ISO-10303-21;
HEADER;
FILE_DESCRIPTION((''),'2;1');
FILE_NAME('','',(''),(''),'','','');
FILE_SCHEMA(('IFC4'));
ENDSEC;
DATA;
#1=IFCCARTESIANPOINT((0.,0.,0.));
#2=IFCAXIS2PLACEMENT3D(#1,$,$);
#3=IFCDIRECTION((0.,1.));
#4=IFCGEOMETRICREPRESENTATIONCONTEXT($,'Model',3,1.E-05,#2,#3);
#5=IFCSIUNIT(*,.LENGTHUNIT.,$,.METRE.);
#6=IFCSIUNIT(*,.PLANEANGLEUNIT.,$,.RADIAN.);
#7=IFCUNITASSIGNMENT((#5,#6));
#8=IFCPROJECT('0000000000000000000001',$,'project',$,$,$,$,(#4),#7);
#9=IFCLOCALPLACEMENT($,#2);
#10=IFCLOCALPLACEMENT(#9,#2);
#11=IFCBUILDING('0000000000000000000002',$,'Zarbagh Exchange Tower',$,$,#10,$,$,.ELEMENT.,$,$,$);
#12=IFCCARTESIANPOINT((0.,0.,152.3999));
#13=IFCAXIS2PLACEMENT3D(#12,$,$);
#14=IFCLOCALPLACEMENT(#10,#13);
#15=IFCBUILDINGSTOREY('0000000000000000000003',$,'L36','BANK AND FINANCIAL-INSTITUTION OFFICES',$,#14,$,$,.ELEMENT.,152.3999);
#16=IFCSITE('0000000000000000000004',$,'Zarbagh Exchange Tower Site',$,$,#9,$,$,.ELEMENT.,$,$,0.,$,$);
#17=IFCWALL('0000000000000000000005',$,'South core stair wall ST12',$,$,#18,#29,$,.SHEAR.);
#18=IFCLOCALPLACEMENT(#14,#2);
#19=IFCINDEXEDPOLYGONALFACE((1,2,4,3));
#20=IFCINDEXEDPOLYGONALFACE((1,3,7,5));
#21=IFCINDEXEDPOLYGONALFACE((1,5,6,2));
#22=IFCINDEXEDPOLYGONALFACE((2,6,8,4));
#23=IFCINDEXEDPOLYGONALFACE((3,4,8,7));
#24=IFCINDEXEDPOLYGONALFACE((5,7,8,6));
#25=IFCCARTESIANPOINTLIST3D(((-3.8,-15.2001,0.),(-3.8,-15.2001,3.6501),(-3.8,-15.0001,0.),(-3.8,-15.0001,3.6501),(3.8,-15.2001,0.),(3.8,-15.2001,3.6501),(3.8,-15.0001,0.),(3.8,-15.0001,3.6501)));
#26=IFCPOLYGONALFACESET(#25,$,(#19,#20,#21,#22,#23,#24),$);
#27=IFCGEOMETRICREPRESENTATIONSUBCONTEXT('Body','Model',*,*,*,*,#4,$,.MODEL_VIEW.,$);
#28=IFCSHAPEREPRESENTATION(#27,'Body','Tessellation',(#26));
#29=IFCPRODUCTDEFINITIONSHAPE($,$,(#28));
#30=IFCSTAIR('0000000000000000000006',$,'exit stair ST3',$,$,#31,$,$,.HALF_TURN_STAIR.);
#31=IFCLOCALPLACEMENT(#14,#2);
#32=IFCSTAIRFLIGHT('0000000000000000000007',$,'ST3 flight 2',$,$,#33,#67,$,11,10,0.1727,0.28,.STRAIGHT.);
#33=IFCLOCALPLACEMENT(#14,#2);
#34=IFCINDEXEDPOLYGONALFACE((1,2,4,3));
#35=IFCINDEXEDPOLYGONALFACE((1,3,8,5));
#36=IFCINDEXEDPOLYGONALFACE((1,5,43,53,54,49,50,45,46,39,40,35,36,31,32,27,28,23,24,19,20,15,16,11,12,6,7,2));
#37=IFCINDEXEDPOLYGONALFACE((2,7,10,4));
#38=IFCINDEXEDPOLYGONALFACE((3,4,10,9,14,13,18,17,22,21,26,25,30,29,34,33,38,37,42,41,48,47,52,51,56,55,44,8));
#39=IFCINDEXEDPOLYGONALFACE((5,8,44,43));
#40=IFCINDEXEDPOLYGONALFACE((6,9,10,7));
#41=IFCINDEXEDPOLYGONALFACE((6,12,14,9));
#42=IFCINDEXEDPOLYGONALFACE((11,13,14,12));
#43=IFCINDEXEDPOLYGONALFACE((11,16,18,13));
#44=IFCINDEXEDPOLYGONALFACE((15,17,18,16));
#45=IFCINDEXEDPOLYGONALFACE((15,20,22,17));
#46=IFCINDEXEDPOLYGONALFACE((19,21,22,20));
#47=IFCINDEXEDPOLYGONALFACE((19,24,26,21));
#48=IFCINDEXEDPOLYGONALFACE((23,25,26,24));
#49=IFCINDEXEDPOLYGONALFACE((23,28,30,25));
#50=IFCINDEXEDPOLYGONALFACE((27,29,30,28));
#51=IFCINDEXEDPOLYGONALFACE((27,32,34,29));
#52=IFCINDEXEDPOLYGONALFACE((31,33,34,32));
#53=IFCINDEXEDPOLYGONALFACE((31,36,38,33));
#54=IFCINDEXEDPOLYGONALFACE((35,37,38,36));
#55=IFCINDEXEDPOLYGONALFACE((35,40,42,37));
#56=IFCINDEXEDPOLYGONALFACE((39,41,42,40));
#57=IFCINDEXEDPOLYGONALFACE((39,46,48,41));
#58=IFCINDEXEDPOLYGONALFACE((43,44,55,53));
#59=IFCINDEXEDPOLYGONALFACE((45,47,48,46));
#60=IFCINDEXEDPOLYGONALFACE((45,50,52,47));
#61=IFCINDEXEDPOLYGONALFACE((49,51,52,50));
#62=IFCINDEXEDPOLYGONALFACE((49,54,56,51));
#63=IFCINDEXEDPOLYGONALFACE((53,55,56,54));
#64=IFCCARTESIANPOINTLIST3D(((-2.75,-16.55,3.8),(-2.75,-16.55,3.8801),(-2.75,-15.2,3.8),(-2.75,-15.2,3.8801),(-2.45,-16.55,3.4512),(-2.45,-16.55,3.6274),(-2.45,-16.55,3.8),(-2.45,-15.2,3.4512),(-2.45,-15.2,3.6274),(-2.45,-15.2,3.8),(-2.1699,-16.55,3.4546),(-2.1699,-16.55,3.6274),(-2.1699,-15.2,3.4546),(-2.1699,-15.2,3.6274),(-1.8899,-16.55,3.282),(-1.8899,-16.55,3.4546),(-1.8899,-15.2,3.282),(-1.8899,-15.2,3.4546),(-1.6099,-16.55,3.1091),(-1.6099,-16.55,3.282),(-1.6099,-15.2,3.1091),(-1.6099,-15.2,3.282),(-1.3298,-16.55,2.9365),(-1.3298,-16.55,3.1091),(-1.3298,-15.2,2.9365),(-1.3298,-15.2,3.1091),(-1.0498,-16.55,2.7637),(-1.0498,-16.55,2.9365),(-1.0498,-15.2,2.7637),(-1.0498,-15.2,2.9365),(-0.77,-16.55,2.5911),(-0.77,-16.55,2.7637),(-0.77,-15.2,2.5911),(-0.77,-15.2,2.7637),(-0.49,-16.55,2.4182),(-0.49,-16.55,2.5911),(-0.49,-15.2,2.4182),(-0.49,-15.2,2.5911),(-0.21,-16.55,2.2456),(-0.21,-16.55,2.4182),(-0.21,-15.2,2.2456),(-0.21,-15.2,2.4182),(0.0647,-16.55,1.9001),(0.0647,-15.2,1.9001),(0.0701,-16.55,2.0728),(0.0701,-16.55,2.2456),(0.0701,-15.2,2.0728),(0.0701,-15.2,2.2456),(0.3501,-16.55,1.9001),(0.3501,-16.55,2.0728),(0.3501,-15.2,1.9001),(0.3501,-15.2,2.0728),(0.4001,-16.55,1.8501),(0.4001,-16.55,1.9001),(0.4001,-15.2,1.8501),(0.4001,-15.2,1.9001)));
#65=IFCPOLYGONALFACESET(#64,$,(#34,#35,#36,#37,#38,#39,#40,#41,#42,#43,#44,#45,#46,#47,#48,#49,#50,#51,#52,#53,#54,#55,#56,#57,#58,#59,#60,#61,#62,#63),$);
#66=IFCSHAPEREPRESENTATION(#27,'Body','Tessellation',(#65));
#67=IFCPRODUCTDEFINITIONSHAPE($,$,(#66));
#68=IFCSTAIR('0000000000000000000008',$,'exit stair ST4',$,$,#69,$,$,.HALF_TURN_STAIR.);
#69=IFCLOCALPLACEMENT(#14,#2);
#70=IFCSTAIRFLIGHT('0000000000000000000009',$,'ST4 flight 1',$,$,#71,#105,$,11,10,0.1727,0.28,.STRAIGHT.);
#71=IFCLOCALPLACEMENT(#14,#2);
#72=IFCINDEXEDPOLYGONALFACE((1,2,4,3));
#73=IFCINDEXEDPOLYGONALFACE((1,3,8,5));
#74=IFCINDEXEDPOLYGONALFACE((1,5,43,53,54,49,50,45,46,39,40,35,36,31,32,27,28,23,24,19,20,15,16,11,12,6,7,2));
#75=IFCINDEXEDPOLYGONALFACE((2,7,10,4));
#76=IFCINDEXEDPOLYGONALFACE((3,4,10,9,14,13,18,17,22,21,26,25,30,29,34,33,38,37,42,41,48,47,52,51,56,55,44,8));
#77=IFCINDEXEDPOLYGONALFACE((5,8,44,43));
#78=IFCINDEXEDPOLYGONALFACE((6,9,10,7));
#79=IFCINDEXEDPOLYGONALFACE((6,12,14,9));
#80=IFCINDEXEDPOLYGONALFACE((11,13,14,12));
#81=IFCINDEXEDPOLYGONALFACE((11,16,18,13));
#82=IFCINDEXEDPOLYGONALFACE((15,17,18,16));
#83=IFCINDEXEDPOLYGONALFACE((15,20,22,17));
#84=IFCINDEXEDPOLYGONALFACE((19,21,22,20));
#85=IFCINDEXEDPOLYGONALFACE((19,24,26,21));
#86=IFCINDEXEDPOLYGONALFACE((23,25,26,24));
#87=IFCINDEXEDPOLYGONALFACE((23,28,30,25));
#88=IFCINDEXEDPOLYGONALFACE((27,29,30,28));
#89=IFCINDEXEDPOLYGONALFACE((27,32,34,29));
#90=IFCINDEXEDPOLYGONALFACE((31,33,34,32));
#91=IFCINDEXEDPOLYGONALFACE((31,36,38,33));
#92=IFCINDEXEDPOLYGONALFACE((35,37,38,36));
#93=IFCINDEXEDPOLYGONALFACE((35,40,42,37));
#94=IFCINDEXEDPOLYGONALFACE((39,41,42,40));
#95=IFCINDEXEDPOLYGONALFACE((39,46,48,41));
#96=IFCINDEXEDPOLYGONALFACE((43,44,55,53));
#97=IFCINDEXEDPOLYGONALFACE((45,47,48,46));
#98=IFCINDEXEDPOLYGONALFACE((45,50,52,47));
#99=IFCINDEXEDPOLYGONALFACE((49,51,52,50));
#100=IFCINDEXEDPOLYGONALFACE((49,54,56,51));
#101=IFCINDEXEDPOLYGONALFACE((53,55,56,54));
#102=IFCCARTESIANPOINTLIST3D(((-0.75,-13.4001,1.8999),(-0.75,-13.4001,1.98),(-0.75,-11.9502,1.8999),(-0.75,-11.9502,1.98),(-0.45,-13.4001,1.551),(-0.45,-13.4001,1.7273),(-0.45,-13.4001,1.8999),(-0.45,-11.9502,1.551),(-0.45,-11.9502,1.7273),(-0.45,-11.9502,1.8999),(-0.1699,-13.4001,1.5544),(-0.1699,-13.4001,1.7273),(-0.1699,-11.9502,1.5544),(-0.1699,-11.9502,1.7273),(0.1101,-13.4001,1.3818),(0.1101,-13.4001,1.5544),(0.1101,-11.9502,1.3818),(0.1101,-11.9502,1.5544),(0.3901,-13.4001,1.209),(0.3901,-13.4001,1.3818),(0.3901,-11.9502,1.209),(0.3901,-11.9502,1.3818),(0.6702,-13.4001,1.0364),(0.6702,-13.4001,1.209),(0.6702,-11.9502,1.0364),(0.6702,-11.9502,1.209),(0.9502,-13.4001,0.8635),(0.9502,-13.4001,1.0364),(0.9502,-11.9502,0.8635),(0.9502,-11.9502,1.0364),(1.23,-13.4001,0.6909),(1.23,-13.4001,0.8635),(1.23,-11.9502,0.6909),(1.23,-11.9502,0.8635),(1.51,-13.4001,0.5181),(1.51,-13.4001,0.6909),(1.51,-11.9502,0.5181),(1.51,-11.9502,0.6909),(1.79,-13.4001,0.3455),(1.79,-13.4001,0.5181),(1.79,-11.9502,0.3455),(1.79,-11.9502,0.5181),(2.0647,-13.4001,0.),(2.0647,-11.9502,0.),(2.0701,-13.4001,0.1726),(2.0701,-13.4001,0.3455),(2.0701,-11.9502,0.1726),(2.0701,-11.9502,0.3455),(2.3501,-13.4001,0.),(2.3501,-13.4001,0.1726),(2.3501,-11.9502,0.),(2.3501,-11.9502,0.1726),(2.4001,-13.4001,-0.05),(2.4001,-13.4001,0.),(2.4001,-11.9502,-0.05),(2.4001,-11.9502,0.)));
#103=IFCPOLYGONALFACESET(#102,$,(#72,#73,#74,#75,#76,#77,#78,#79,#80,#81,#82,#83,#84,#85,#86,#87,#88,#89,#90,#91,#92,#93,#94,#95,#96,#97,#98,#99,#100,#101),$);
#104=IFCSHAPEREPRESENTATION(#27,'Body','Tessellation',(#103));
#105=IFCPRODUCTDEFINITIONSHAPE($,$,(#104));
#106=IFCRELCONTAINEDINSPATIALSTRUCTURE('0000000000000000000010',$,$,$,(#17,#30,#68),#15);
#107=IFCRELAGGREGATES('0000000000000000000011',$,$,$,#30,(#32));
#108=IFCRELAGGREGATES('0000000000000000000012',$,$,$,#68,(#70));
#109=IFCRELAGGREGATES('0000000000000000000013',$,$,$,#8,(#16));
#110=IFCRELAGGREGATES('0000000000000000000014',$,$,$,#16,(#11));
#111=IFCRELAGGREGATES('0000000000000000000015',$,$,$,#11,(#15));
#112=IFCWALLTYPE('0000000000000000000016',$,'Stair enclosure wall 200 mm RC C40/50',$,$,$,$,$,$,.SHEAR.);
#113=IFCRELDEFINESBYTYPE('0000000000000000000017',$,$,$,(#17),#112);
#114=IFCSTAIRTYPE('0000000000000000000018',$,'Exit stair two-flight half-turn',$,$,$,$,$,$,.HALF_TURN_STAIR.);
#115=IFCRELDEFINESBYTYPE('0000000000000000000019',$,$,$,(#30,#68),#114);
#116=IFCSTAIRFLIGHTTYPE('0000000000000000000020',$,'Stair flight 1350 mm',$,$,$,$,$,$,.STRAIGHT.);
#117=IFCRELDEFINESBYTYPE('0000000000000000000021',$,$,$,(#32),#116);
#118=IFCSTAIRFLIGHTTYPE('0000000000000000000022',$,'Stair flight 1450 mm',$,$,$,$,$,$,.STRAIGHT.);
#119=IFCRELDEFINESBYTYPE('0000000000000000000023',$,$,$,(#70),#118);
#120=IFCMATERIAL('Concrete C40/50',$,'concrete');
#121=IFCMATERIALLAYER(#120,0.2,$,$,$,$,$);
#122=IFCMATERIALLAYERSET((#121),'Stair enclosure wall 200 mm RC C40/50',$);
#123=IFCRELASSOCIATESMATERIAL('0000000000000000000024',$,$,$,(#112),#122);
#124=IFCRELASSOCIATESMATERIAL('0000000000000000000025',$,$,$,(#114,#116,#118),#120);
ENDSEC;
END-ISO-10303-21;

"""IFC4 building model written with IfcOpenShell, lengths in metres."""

from ifc_helpers import new_model, si_unit, direction, frame, frame_2d, origin, place, context, subcontext, project, spatial, polyline, rectangle, outline, extrude, material, layer, layer_set, type_object, element, aggregate, save


model = new_model("IFC4")

# Units and contexts
model_context = context("Model", 3, precision=1e-05, world=origin(), true_north=direction((0.0, 1.0)))
body_context = subcontext(model_context, "Body", "Model", "MODEL_VIEW")
ifc_project = project(units=[si_unit("LENGTHUNIT", "METRE"), si_unit("PLANEANGLEUNIT", "RADIAN")], contexts=[model_context])

# Site, building, storey
site_placement = place(None, origin())
site = spatial("IfcSite", under=ifc_project, at=site_placement, Name="Zarbagh Exchange Tower Site", CompositionType="ELEMENT", RefElevation=0.0)
building_placement = place(site_placement, origin())
building = spatial("IfcBuilding", under=site, at=building_placement, Name="Zarbagh Exchange Tower", CompositionType="ELEMENT")
storey_placement = place(building_placement, frame((0.0, 0.0, 152.3999)))
storey = spatial("IfcBuildingStorey", under=building, at=storey_placement, Name="L36", Description="BANK AND FINANCIAL-INSTITUTION OFFICES", CompositionType="ELEMENT", Elevation=152.3999)

# Wall
ifc_material_1 = material(Name="Concrete C40/50", Category="concrete")
ifc_layer_1 = layer(ifc_material_1, 0.2)
ifc_layer_set_1 = layer_set([ifc_layer_1], Name="Stair enclosure wall 200 mm RC C40/50")
wall_type_1 = type_object("IfcWallType", Name="Stair enclosure wall 200 mm RC C40/50", PredefinedType="SHEAR", material=ifc_layer_set_1)
for number, where, z_axis, x_axis, name in (
    (1, (3.8, -15.1001, 0.0), (0.0, 0.0, 1.0), (-1.0, 0.0, 0.0), "South core stair wall ST12"),
):
    element("IfcWall", number, at=place(storey_placement, frame(where, z_axis=z_axis, x_axis=x_axis)), inside=storey, type_object=wall_type_1, Name=name, PredefinedType="SHEAR", context=body_context, shape_type="SweptSolid", body=[
        extrude(rectangle(XDim=7.6001, YDim=0.2, at=frame_2d((3.8, 0.0))), origin(), (0.0, 0.0, 1.0), 3.6501),
    ])

# Stairs, stair flights
stair_type = type_object("IfcStairType", Name="Exit stair two-flight half-turn", PredefinedType="HALF_TURN_STAIR", material=ifc_material_1)
stair_1_placement = place(storey_placement, origin())
stair_1 = element("IfcStair", 2, at=stair_1_placement, inside=storey, type_object=stair_type, Name="exit stair ST3", PredefinedType="HALF_TURN_STAIR")
stair_flight_type_1 = type_object("IfcStairFlightType", Name="Stair flight 1350 mm", PredefinedType="STRAIGHT", material=ifc_material_1)
stair_flight_1_placement = place(storey_placement, frame((0.3501, -15.875, 1.9001), z_axis=(0.0, 0.0, 1.0), x_axis=(-1.0, 0.0, 0.0)))
stair_flight_1 = element("IfcStairFlight", 3, at=stair_flight_1_placement, type_object=stair_flight_type_1, Name="ST3 flight 2", NumberOfRisers=11, NumberOfTreads=10, PredefinedType="STRAIGHT", RiserHeight=0.1727, TreadLength=0.28, context=body_context, shape_type="SweptSolid", body=[
    extrude(outline(polyline([(-0.05, -0.05), (-0.05, 0.0), (0.0, 0.0), (0.0, 0.1726), (0.28, 0.1726), (0.28, 0.3455), (0.5601, 0.3455), (0.5601, 0.5181), (0.8401, 0.5181), (0.8401, 0.6909), (1.1201, 0.6909), (1.1201, 0.8635), (1.3999, 0.8635), (1.3999, 1.0364), (1.6799, 1.0364), (1.6799, 1.209), (1.96, 1.209), (1.96, 1.3818), (2.24, 1.3818), (2.24, 1.5544), (2.52, 1.5544), (2.52, 1.7273), (2.8, 1.7273), (2.8, 1.8999), (3.1001, 1.98), (3.1001, 1.8999), (2.8, 1.551), (0.2854, 0.0), (-0.05, -0.05)])), frame((0.0, 0.675, 0.0), z_axis=(0.0, -1.0, 0.0), x_axis=(1.0, 0.0, 0.0)), (0.0, 0.0, 1.0), 1.3501),
])
aggregate(stair_1, [stair_flight_1])
stair_2_placement = place(storey_placement, origin())
stair_2 = element("IfcStair", 4, at=stair_2_placement, inside=storey, type_object=stair_type, Name="exit stair ST4", PredefinedType="HALF_TURN_STAIR")
stair_flight_type_2 = type_object("IfcStairFlightType", Name="Stair flight 1450 mm", PredefinedType="STRAIGHT", material=ifc_material_1)
stair_flight_2_placement = place(storey_placement, frame((2.3501, -12.675, 0.0), z_axis=(0.0, 0.0, 1.0), x_axis=(-1.0, 0.0, 0.0)))
stair_flight_2 = element("IfcStairFlight", 5, at=stair_flight_2_placement, type_object=stair_flight_type_2, Name="ST4 flight 1", NumberOfRisers=11, NumberOfTreads=10, PredefinedType="STRAIGHT", RiserHeight=0.1727, TreadLength=0.28, context=body_context, shape_type="SweptSolid", body=[
    extrude(outline(polyline([(-0.05, -0.05), (-0.05, 0.0), (0.0, 0.0), (0.0, 0.1726), (0.28, 0.1726), (0.28, 0.3455), (0.5601, 0.3455), (0.5601, 0.5181), (0.8401, 0.5181), (0.8401, 0.6909), (1.1201, 0.6909), (1.1201, 0.8635), (1.3999, 0.8635), (1.3999, 1.0364), (1.6799, 1.0364), (1.6799, 1.209), (1.96, 1.209), (1.96, 1.3818), (2.24, 1.3818), (2.24, 1.5544), (2.52, 1.5544), (2.52, 1.7273), (2.8, 1.7273), (2.8, 1.8999), (3.1001, 1.98), (3.1001, 1.8999), (2.8, 1.551), (0.2854, 0.0), (-0.05, -0.05)])), frame((0.0, 0.7251, 0.0), z_axis=(0.0, -1.0, 0.0), x_axis=(1.0, 0.0, 0.0)), (0.0, 0.0, 1.0), 1.45),
])
aggregate(stair_2, [stair_flight_2])

save(model, "model.ifc")
